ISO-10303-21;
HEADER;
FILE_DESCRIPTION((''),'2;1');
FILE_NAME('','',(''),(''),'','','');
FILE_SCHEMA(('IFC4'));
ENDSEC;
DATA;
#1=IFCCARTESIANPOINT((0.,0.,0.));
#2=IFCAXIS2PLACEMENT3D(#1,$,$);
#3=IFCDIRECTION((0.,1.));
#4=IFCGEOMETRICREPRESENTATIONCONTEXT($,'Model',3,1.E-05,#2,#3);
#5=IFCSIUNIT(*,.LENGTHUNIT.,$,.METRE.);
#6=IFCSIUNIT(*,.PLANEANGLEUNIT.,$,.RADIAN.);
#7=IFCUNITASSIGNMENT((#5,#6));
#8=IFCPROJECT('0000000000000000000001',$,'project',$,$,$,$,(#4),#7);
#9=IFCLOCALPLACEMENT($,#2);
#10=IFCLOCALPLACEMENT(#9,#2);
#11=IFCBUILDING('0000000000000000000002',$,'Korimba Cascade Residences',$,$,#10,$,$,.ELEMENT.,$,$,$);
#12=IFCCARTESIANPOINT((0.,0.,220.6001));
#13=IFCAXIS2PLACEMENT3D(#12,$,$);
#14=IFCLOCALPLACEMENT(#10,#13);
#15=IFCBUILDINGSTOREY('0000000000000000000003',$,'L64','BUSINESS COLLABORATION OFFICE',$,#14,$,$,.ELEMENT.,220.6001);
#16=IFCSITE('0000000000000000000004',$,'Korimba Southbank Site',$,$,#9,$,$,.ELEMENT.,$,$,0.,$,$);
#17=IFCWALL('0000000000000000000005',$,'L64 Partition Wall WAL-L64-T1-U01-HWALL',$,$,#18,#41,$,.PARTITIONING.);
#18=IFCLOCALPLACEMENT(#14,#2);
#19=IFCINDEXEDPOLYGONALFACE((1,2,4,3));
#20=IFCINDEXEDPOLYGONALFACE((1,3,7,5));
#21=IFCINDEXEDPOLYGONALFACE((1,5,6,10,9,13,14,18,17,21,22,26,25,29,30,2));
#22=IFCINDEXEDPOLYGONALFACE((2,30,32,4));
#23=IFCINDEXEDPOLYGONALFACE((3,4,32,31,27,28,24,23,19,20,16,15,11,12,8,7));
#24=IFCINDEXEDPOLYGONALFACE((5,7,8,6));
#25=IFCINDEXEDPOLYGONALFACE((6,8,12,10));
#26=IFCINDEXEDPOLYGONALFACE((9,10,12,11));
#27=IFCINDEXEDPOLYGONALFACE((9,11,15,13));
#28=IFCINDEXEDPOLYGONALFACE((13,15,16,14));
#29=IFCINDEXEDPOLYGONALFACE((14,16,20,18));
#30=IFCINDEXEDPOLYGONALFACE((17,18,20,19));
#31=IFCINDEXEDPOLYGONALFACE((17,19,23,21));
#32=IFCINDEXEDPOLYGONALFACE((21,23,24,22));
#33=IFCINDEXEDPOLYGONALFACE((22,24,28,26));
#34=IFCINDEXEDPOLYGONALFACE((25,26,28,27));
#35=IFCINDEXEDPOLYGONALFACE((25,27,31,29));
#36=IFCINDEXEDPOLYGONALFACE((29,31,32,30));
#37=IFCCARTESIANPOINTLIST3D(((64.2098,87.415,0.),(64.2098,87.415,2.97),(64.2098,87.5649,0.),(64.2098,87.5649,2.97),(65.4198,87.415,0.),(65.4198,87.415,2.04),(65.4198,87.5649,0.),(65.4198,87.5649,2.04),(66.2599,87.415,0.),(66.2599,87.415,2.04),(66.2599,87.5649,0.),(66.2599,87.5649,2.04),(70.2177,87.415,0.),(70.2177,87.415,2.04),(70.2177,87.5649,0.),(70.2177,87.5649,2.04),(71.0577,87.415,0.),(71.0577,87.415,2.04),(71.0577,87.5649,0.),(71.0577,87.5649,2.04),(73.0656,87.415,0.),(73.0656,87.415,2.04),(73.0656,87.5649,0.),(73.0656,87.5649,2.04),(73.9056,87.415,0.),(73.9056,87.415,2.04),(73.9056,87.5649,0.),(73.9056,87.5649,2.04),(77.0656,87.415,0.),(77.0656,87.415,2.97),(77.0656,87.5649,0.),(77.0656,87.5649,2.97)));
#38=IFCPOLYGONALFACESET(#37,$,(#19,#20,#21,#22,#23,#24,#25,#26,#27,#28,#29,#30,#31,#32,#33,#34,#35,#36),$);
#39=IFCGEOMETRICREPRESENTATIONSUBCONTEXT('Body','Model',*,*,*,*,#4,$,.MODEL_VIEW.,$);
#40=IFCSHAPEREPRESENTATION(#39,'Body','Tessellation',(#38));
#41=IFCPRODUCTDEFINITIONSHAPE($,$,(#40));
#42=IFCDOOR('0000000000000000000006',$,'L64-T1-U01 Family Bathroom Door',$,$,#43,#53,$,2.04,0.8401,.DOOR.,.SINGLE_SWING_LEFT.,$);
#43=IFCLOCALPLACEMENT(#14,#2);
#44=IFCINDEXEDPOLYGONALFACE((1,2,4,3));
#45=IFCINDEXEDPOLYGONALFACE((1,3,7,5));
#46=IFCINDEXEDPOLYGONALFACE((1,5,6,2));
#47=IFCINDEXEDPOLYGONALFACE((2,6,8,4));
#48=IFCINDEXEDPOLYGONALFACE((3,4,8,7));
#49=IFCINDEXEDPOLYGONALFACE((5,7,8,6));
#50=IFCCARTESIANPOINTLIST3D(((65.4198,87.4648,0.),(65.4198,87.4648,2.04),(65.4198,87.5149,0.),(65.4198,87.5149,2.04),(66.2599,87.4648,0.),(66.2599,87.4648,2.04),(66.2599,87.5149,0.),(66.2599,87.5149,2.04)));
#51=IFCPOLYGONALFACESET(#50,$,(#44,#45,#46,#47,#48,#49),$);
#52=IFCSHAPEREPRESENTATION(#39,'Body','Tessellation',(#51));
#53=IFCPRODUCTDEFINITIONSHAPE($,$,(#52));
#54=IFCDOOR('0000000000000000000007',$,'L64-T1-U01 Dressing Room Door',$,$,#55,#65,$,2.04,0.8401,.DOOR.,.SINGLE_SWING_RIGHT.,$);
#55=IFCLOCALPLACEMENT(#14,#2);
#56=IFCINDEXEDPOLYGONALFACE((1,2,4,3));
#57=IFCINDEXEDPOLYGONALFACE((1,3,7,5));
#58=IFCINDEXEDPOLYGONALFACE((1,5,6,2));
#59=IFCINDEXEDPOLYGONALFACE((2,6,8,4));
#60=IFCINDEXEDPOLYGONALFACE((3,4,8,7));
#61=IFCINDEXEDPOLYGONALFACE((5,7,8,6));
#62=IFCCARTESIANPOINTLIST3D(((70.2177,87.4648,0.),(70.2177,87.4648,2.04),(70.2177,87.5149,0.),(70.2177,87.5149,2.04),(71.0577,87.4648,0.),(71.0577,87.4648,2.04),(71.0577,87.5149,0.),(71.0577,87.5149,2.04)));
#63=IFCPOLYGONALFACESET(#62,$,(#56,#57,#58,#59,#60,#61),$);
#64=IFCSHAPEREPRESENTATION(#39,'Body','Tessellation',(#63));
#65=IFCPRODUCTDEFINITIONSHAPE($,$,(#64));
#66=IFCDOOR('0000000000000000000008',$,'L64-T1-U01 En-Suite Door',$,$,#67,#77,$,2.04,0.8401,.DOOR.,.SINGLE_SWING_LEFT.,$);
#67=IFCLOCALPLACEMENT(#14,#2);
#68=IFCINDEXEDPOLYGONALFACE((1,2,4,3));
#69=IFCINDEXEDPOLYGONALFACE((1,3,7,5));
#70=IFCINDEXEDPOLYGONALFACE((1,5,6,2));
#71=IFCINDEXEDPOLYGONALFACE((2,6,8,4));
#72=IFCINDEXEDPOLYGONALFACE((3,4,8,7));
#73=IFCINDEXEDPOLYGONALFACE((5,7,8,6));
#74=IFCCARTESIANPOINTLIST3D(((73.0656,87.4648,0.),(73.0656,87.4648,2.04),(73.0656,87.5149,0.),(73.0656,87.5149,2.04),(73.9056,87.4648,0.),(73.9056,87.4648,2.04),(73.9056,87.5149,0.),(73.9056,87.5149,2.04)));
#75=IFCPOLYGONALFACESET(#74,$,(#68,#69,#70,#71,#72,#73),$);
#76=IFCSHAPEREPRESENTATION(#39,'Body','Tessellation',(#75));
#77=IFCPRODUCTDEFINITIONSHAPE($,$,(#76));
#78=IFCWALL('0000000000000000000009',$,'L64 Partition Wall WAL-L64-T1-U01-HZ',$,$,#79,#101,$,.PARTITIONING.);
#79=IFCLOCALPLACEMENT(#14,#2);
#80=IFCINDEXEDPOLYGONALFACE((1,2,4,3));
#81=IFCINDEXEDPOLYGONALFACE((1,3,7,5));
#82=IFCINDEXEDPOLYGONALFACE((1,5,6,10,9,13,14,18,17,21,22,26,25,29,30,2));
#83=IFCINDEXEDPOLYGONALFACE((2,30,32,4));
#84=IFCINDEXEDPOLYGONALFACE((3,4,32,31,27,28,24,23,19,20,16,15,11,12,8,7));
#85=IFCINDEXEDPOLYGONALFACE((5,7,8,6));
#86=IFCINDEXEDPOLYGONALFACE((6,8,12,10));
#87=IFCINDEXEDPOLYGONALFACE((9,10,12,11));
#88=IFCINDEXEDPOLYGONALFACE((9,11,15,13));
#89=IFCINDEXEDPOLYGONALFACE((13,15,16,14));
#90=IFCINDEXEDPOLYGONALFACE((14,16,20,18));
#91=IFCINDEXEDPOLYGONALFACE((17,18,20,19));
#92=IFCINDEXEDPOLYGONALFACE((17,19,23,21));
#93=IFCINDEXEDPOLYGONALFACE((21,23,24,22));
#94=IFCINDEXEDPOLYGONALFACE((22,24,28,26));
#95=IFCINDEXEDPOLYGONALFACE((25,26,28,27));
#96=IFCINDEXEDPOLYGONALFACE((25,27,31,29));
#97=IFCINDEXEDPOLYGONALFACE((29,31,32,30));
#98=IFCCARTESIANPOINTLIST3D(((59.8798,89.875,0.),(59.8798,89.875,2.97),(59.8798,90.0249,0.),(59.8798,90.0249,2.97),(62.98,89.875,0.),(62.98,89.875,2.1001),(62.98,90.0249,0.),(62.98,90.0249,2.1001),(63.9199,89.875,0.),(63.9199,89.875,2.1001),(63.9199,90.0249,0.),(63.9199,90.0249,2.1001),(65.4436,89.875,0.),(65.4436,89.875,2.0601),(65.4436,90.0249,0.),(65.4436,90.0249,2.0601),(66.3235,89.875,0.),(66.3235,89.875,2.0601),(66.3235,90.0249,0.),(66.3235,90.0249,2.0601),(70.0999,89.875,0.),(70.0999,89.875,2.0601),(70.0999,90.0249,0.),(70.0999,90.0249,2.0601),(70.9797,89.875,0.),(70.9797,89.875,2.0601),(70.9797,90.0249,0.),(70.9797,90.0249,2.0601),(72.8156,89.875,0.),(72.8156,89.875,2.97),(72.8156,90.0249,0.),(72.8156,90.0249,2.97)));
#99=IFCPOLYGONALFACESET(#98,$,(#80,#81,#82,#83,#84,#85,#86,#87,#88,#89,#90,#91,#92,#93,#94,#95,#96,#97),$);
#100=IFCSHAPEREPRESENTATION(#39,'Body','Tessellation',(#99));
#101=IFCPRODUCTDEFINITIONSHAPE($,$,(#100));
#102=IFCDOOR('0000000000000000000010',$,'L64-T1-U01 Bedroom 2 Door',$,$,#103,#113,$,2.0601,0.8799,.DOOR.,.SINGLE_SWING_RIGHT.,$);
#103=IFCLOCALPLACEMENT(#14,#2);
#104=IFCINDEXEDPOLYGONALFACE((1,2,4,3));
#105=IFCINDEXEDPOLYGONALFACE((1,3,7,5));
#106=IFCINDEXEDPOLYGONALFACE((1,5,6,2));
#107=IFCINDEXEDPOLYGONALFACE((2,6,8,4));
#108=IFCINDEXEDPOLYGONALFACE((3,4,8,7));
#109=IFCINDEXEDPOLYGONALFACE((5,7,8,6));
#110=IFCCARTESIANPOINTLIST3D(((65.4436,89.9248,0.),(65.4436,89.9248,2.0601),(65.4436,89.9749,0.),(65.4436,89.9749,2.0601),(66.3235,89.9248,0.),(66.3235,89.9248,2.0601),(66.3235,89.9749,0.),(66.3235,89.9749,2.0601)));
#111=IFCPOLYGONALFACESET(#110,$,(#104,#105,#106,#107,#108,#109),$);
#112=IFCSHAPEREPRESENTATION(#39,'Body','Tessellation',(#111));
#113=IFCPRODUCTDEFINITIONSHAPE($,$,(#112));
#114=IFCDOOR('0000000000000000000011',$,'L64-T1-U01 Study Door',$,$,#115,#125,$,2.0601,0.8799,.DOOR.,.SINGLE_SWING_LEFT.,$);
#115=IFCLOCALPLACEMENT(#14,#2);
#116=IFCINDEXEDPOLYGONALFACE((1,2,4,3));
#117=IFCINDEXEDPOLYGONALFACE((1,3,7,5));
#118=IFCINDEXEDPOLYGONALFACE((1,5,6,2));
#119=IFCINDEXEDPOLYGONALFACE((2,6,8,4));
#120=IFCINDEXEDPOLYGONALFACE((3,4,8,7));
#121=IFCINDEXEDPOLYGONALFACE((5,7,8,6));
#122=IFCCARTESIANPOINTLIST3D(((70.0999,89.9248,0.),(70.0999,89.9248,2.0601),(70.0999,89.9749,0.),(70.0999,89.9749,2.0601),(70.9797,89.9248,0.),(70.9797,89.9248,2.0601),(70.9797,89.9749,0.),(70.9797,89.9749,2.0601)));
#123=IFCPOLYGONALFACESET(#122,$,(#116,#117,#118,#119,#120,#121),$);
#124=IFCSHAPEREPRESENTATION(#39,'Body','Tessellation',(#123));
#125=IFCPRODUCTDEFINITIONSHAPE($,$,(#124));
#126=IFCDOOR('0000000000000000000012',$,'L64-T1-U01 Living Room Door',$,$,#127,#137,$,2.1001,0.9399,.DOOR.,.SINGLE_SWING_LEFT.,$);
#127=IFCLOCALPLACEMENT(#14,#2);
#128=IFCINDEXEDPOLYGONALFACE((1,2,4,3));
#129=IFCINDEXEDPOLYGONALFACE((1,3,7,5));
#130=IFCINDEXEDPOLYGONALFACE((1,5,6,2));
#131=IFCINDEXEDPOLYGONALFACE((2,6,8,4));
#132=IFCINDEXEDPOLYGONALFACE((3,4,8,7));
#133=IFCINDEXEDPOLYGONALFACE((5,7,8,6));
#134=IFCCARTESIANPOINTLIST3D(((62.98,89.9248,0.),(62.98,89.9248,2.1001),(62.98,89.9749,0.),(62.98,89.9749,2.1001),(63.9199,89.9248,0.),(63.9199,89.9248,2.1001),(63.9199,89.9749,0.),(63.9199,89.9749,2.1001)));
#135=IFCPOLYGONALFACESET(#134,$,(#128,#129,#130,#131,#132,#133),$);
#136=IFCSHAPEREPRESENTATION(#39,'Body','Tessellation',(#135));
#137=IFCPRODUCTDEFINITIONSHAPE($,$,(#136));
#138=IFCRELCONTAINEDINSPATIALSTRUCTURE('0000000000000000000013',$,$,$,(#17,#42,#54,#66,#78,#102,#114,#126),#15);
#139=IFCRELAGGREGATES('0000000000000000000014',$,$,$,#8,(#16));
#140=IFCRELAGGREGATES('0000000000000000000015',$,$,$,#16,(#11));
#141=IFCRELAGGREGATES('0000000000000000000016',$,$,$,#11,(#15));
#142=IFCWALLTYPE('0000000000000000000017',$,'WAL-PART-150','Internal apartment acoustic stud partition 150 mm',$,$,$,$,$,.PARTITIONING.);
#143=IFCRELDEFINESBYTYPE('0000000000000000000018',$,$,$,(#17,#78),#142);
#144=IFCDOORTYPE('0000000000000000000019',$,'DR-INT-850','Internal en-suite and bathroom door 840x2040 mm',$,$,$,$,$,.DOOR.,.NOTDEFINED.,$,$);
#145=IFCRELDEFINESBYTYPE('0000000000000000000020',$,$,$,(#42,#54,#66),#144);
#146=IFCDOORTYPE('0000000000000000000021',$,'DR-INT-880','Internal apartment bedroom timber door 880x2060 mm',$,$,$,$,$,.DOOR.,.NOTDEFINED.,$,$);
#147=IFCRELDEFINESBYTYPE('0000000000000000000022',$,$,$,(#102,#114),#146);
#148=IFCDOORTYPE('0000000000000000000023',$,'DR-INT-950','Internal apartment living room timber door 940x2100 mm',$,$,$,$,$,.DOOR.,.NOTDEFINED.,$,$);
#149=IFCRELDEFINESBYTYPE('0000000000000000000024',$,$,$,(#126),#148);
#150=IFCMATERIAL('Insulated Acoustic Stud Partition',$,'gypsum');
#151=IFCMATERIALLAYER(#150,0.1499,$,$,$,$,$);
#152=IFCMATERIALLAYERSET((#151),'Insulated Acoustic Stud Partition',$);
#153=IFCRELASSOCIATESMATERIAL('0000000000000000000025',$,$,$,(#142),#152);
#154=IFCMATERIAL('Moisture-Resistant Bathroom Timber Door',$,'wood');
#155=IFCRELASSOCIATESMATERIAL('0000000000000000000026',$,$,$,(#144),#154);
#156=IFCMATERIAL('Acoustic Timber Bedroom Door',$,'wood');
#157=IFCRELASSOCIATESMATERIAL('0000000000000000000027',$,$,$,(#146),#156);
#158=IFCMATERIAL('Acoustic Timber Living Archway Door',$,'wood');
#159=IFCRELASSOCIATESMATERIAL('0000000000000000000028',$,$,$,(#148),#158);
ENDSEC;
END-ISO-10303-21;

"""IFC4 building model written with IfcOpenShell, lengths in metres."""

from ifc_helpers import new_model, si_unit, direction, frame, frame_2d, origin, place, context, subcontext, project, spatial, rectangle, extrude, material, layer, layer_set, type_object, element, fill, save


model = new_model("IFC4")

# Units and contexts
model_context = context("Model", 3, precision=1e-05, world=origin(), true_north=direction((0.0, 1.0)))
body_context = subcontext(model_context, "Body", "Model", "MODEL_VIEW")
ifc_project = project(units=[si_unit("LENGTHUNIT", "METRE"), si_unit("PLANEANGLEUNIT", "RADIAN")], contexts=[model_context])

# Site, building, storey
site_placement = place(None, origin())
site = spatial("IfcSite", under=ifc_project, at=site_placement, Name="Korimba Southbank Site", CompositionType="ELEMENT", RefElevation=0.0)
building_placement = place(site_placement, origin())
building = spatial("IfcBuilding", under=site, at=building_placement, Name="Korimba Cascade Residences", CompositionType="ELEMENT")
storey_placement = place(building_placement, frame((0.0, 0.0, 220.6001)))
storey = spatial("IfcBuildingStorey", under=building, at=storey_placement, Name="L64", Description="BUSINESS COLLABORATION OFFICE", CompositionType="ELEMENT", Elevation=220.6001)

# Shared definitions
ifc_material_1 = material(Name="Insulated Acoustic Stud Partition", Category="gypsum")
ifc_layer_1 = layer(ifc_material_1, 0.1499)
ifc_layer_set_1 = layer_set([ifc_layer_1], Name="Insulated Acoustic Stud Partition")
wall_type_1 = type_object("IfcWallType", Name="WAL-PART-150", Description="Internal apartment acoustic stud partition 150 mm", PredefinedType="PARTITIONING", material=ifc_layer_set_1)

# Walls, openings, doors
wall_1_placement = place(storey_placement, frame((64.21, 87.49, 0.0), z_axis=(0.0, 0.0, 1.0), x_axis=(1.0, 0.0, 0.0)))
wall_1 = element("IfcWall", 1, at=wall_1_placement, inside=storey, type_object=wall_type_1, Name="L64 Partition Wall WAL-L64-T1-U01-HWALL", PredefinedType="PARTITIONING", context=body_context, shape_type="SweptSolid", body=[
    extrude(rectangle(XDim=12.8557, YDim=0.1499, at=frame_2d((6.4277, 0.0))), origin(), (0.0, 0.0, 1.0), 2.97),
])
opening_1_placement = place(wall_1_placement, frame((1.21, 0.0, 0.0)))
opening_1 = element("IfcOpeningElement", 2, at=opening_1_placement, cuts=wall_1, PredefinedType="OPENING", context=body_context, shape_type="SweptSolid", body=[
    extrude(rectangle(XDim=0.8401, YDim=2.04, at=frame_2d((0.4199, 1.02))), frame((0.0, 0.085, 0.0), z_axis=(0.0, -1.0, 0.0), x_axis=(1.0, 0.0, 0.0)), (0.0, 0.0, 1.0), 0.1699),
])
opening_2_placement = place(wall_1_placement, frame((6.0078, 0.0, 0.0)))
opening_2 = element("IfcOpeningElement", 3, at=opening_2_placement, cuts=wall_1, PredefinedType="OPENING", context=body_context, shape_type="SweptSolid", body=[
    extrude(rectangle(XDim=0.8401, YDim=2.04, at=frame_2d((0.4199, 1.02))), frame((0.0, 0.085, 0.0), z_axis=(0.0, -1.0, 0.0), x_axis=(1.0, 0.0, 0.0)), (0.0, 0.0, 1.0), 0.1699),
])
opening_3_placement = place(wall_1_placement, frame((8.8557, 0.0, 0.0)))
opening_3 = element("IfcOpeningElement", 4, at=opening_3_placement, cuts=wall_1, PredefinedType="OPENING", context=body_context, shape_type="SweptSolid", body=[
    extrude(rectangle(XDim=0.8401, YDim=2.04, at=frame_2d((0.4199, 1.02))), frame((0.0, 0.085, 0.0), z_axis=(0.0, -1.0, 0.0), x_axis=(1.0, 0.0, 0.0)), (0.0, 0.0, 1.0), 0.1699),
])
ifc_material_2 = material(Name="Moisture-Resistant Bathroom Timber Door", Category="wood")
door_type_1 = type_object("IfcDoorType", Name="DR-INT-850", Description="Internal en-suite and bathroom door 840x2040 mm", OperationType="NOTDEFINED", PredefinedType="DOOR", material=ifc_material_2)
door_1_placement = place(opening_1_placement, origin())
door_1 = element("IfcDoor", 5, at=door_1_placement, inside=storey, type_object=door_type_1, Name="L64-T1-U01 Family Bathroom Door", OperationType="SINGLE_SWING_LEFT", OverallHeight=2.04, OverallWidth=0.8401, PredefinedType="DOOR", context=body_context, shape_type="SweptSolid", body=[
    extrude(rectangle(XDim=0.8401, YDim=2.04, at=frame_2d((0.4199, 1.02))), frame((0.0, 0.0249, 0.0), z_axis=(0.0, -1.0, 0.0), x_axis=(1.0, 0.0, 0.0)), (0.0, 0.0, 1.0), 0.05),
])
fill(opening_1, door_1)
door_2_placement = place(opening_2_placement, origin())
door_2 = element("IfcDoor", 6, at=door_2_placement, inside=storey, type_object=door_type_1, Name="L64-T1-U01 Dressing Room Door", OperationType="SINGLE_SWING_RIGHT", OverallHeight=2.04, OverallWidth=0.8401, PredefinedType="DOOR", context=body_context, shape_type="SweptSolid", body=[
    extrude(rectangle(XDim=0.8401, YDim=2.04, at=frame_2d((0.4199, 1.02))), frame((0.0, 0.0249, 0.0), z_axis=(0.0, -1.0, 0.0), x_axis=(1.0, 0.0, 0.0)), (0.0, 0.0, 1.0), 0.05),
])
fill(opening_2, door_2)
door_3_placement = place(opening_3_placement, origin())
door_3 = element("IfcDoor", 7, at=door_3_placement, inside=storey, type_object=door_type_1, Name="L64-T1-U01 En-Suite Door", OperationType="SINGLE_SWING_LEFT", OverallHeight=2.04, OverallWidth=0.8401, PredefinedType="DOOR", context=body_context, shape_type="SweptSolid", body=[
    extrude(rectangle(XDim=0.8401, YDim=2.04, at=frame_2d((0.4199, 1.02))), frame((0.0, 0.0249, 0.0), z_axis=(0.0, -1.0, 0.0), x_axis=(1.0, 0.0, 0.0)), (0.0, 0.0, 1.0), 0.05),
])
fill(opening_3, door_3)
wall_2_placement = place(storey_placement, frame((59.8799, 89.95, 0.0), z_axis=(0.0, 0.0, 1.0), x_axis=(1.0, 0.0, 0.0)))
wall_2 = element("IfcWall", 8, at=wall_2_placement, inside=storey, type_object=wall_type_1, Name="L64 Partition Wall WAL-L64-T1-U01-HZ", PredefinedType="PARTITIONING", context=body_context, shape_type="SweptSolid", body=[
    extrude(rectangle(XDim=12.9358, YDim=0.1499, at=frame_2d((6.4678, 0.0))), origin(), (0.0, 0.0, 1.0), 2.97),
])
opening_4_placement = place(wall_2_placement, frame((3.1001, 0.0, 0.0)))
opening_4 = element("IfcOpeningElement", 9, at=opening_4_placement, cuts=wall_2, PredefinedType="OPENING", context=body_context, shape_type="SweptSolid", body=[
    extrude(rectangle(XDim=0.9399, YDim=2.1001, at=frame_2d((0.47, 1.05))), frame((0.0, 0.085, 0.0), z_axis=(0.0, -1.0, 0.0), x_axis=(1.0, 0.0, 0.0)), (0.0, 0.0, 1.0), 0.1699),
])
opening_5_placement = place(wall_2_placement, frame((5.5637, 0.0, 0.0)))
opening_5 = element("IfcOpeningElement", 10, at=opening_5_placement, cuts=wall_2, PredefinedType="OPENING", context=body_context, shape_type="SweptSolid", body=[
    extrude(rectangle(XDim=0.8799, YDim=2.0601, at=frame_2d((0.4399, 1.03))), frame((0.0, 0.085, 0.0), z_axis=(0.0, -1.0, 0.0), x_axis=(1.0, 0.0, 0.0)), (0.0, 0.0, 1.0), 0.1699),
])
opening_6_placement = place(wall_2_placement, frame((10.22, 0.0, 0.0)))
opening_6 = element("IfcOpeningElement", 11, at=opening_6_placement, cuts=wall_2, PredefinedType="OPENING", context=body_context, shape_type="SweptSolid", body=[
    extrude(rectangle(XDim=0.8799, YDim=2.0601, at=frame_2d((0.4399, 1.03))), frame((0.0, 0.085, 0.0), z_axis=(0.0, -1.0, 0.0), x_axis=(1.0, 0.0, 0.0)), (0.0, 0.0, 1.0), 0.1699),
])
ifc_material_3 = material(Name="Acoustic Timber Bedroom Door", Category="wood")
door_type_2 = type_object("IfcDoorType", Name="DR-INT-880", Description="Internal apartment bedroom timber door 880x2060 mm", OperationType="NOTDEFINED", PredefinedType="DOOR", material=ifc_material_3)
door_4_placement = place(opening_5_placement, origin())
door_4 = element("IfcDoor", 12, at=door_4_placement, inside=storey, type_object=door_type_2, Name="L64-T1-U01 Bedroom 2 Door", OperationType="SINGLE_SWING_RIGHT", OverallHeight=2.0601, OverallWidth=0.8799, PredefinedType="DOOR", context=body_context, shape_type="SweptSolid", body=[
    extrude(rectangle(XDim=0.8799, YDim=2.0601, at=frame_2d((0.4399, 1.03))), frame((0.0, 0.0249, 0.0), z_axis=(0.0, -1.0, 0.0), x_axis=(1.0, 0.0, 0.0)), (0.0, 0.0, 1.0), 0.05),
])
fill(opening_5, door_4)
door_5_placement = place(opening_6_placement, origin())
door_5 = element("IfcDoor", 13, at=door_5_placement, inside=storey, type_object=door_type_2, Name="L64-T1-U01 Study Door", OperationType="SINGLE_SWING_LEFT", OverallHeight=2.0601, OverallWidth=0.8799, PredefinedType="DOOR", context=body_context, shape_type="SweptSolid", body=[
    extrude(rectangle(XDim=0.8799, YDim=2.0601, at=frame_2d((0.4399, 1.03))), frame((0.0, 0.0249, 0.0), z_axis=(0.0, -1.0, 0.0), x_axis=(1.0, 0.0, 0.0)), (0.0, 0.0, 1.0), 0.05),
])
fill(opening_6, door_5)
ifc_material_4 = material(Name="Acoustic Timber Living Archway Door", Category="wood")
door_type_3 = type_object("IfcDoorType", Name="DR-INT-950", Description="Internal apartment living room timber door 940x2100 mm", OperationType="NOTDEFINED", PredefinedType="DOOR", material=ifc_material_4)
door_6_placement = place(opening_4_placement, origin())
door_6 = element("IfcDoor", 14, at=door_6_placement, inside=storey, type_object=door_type_3, Name="L64-T1-U01 Living Room Door", OperationType="SINGLE_SWING_LEFT", OverallHeight=2.1001, OverallWidth=0.9399, PredefinedType="DOOR", context=body_context, shape_type="SweptSolid", body=[
    extrude(rectangle(XDim=0.9399, YDim=2.1001, at=frame_2d((0.47, 1.05))), frame((0.0, 0.0249, 0.0), z_axis=(0.0, -1.0, 0.0), x_axis=(1.0, 0.0, 0.0)), (0.0, 0.0, 1.0), 0.05),
])
fill(opening_4, door_6)

save(model, "model.ifc")
